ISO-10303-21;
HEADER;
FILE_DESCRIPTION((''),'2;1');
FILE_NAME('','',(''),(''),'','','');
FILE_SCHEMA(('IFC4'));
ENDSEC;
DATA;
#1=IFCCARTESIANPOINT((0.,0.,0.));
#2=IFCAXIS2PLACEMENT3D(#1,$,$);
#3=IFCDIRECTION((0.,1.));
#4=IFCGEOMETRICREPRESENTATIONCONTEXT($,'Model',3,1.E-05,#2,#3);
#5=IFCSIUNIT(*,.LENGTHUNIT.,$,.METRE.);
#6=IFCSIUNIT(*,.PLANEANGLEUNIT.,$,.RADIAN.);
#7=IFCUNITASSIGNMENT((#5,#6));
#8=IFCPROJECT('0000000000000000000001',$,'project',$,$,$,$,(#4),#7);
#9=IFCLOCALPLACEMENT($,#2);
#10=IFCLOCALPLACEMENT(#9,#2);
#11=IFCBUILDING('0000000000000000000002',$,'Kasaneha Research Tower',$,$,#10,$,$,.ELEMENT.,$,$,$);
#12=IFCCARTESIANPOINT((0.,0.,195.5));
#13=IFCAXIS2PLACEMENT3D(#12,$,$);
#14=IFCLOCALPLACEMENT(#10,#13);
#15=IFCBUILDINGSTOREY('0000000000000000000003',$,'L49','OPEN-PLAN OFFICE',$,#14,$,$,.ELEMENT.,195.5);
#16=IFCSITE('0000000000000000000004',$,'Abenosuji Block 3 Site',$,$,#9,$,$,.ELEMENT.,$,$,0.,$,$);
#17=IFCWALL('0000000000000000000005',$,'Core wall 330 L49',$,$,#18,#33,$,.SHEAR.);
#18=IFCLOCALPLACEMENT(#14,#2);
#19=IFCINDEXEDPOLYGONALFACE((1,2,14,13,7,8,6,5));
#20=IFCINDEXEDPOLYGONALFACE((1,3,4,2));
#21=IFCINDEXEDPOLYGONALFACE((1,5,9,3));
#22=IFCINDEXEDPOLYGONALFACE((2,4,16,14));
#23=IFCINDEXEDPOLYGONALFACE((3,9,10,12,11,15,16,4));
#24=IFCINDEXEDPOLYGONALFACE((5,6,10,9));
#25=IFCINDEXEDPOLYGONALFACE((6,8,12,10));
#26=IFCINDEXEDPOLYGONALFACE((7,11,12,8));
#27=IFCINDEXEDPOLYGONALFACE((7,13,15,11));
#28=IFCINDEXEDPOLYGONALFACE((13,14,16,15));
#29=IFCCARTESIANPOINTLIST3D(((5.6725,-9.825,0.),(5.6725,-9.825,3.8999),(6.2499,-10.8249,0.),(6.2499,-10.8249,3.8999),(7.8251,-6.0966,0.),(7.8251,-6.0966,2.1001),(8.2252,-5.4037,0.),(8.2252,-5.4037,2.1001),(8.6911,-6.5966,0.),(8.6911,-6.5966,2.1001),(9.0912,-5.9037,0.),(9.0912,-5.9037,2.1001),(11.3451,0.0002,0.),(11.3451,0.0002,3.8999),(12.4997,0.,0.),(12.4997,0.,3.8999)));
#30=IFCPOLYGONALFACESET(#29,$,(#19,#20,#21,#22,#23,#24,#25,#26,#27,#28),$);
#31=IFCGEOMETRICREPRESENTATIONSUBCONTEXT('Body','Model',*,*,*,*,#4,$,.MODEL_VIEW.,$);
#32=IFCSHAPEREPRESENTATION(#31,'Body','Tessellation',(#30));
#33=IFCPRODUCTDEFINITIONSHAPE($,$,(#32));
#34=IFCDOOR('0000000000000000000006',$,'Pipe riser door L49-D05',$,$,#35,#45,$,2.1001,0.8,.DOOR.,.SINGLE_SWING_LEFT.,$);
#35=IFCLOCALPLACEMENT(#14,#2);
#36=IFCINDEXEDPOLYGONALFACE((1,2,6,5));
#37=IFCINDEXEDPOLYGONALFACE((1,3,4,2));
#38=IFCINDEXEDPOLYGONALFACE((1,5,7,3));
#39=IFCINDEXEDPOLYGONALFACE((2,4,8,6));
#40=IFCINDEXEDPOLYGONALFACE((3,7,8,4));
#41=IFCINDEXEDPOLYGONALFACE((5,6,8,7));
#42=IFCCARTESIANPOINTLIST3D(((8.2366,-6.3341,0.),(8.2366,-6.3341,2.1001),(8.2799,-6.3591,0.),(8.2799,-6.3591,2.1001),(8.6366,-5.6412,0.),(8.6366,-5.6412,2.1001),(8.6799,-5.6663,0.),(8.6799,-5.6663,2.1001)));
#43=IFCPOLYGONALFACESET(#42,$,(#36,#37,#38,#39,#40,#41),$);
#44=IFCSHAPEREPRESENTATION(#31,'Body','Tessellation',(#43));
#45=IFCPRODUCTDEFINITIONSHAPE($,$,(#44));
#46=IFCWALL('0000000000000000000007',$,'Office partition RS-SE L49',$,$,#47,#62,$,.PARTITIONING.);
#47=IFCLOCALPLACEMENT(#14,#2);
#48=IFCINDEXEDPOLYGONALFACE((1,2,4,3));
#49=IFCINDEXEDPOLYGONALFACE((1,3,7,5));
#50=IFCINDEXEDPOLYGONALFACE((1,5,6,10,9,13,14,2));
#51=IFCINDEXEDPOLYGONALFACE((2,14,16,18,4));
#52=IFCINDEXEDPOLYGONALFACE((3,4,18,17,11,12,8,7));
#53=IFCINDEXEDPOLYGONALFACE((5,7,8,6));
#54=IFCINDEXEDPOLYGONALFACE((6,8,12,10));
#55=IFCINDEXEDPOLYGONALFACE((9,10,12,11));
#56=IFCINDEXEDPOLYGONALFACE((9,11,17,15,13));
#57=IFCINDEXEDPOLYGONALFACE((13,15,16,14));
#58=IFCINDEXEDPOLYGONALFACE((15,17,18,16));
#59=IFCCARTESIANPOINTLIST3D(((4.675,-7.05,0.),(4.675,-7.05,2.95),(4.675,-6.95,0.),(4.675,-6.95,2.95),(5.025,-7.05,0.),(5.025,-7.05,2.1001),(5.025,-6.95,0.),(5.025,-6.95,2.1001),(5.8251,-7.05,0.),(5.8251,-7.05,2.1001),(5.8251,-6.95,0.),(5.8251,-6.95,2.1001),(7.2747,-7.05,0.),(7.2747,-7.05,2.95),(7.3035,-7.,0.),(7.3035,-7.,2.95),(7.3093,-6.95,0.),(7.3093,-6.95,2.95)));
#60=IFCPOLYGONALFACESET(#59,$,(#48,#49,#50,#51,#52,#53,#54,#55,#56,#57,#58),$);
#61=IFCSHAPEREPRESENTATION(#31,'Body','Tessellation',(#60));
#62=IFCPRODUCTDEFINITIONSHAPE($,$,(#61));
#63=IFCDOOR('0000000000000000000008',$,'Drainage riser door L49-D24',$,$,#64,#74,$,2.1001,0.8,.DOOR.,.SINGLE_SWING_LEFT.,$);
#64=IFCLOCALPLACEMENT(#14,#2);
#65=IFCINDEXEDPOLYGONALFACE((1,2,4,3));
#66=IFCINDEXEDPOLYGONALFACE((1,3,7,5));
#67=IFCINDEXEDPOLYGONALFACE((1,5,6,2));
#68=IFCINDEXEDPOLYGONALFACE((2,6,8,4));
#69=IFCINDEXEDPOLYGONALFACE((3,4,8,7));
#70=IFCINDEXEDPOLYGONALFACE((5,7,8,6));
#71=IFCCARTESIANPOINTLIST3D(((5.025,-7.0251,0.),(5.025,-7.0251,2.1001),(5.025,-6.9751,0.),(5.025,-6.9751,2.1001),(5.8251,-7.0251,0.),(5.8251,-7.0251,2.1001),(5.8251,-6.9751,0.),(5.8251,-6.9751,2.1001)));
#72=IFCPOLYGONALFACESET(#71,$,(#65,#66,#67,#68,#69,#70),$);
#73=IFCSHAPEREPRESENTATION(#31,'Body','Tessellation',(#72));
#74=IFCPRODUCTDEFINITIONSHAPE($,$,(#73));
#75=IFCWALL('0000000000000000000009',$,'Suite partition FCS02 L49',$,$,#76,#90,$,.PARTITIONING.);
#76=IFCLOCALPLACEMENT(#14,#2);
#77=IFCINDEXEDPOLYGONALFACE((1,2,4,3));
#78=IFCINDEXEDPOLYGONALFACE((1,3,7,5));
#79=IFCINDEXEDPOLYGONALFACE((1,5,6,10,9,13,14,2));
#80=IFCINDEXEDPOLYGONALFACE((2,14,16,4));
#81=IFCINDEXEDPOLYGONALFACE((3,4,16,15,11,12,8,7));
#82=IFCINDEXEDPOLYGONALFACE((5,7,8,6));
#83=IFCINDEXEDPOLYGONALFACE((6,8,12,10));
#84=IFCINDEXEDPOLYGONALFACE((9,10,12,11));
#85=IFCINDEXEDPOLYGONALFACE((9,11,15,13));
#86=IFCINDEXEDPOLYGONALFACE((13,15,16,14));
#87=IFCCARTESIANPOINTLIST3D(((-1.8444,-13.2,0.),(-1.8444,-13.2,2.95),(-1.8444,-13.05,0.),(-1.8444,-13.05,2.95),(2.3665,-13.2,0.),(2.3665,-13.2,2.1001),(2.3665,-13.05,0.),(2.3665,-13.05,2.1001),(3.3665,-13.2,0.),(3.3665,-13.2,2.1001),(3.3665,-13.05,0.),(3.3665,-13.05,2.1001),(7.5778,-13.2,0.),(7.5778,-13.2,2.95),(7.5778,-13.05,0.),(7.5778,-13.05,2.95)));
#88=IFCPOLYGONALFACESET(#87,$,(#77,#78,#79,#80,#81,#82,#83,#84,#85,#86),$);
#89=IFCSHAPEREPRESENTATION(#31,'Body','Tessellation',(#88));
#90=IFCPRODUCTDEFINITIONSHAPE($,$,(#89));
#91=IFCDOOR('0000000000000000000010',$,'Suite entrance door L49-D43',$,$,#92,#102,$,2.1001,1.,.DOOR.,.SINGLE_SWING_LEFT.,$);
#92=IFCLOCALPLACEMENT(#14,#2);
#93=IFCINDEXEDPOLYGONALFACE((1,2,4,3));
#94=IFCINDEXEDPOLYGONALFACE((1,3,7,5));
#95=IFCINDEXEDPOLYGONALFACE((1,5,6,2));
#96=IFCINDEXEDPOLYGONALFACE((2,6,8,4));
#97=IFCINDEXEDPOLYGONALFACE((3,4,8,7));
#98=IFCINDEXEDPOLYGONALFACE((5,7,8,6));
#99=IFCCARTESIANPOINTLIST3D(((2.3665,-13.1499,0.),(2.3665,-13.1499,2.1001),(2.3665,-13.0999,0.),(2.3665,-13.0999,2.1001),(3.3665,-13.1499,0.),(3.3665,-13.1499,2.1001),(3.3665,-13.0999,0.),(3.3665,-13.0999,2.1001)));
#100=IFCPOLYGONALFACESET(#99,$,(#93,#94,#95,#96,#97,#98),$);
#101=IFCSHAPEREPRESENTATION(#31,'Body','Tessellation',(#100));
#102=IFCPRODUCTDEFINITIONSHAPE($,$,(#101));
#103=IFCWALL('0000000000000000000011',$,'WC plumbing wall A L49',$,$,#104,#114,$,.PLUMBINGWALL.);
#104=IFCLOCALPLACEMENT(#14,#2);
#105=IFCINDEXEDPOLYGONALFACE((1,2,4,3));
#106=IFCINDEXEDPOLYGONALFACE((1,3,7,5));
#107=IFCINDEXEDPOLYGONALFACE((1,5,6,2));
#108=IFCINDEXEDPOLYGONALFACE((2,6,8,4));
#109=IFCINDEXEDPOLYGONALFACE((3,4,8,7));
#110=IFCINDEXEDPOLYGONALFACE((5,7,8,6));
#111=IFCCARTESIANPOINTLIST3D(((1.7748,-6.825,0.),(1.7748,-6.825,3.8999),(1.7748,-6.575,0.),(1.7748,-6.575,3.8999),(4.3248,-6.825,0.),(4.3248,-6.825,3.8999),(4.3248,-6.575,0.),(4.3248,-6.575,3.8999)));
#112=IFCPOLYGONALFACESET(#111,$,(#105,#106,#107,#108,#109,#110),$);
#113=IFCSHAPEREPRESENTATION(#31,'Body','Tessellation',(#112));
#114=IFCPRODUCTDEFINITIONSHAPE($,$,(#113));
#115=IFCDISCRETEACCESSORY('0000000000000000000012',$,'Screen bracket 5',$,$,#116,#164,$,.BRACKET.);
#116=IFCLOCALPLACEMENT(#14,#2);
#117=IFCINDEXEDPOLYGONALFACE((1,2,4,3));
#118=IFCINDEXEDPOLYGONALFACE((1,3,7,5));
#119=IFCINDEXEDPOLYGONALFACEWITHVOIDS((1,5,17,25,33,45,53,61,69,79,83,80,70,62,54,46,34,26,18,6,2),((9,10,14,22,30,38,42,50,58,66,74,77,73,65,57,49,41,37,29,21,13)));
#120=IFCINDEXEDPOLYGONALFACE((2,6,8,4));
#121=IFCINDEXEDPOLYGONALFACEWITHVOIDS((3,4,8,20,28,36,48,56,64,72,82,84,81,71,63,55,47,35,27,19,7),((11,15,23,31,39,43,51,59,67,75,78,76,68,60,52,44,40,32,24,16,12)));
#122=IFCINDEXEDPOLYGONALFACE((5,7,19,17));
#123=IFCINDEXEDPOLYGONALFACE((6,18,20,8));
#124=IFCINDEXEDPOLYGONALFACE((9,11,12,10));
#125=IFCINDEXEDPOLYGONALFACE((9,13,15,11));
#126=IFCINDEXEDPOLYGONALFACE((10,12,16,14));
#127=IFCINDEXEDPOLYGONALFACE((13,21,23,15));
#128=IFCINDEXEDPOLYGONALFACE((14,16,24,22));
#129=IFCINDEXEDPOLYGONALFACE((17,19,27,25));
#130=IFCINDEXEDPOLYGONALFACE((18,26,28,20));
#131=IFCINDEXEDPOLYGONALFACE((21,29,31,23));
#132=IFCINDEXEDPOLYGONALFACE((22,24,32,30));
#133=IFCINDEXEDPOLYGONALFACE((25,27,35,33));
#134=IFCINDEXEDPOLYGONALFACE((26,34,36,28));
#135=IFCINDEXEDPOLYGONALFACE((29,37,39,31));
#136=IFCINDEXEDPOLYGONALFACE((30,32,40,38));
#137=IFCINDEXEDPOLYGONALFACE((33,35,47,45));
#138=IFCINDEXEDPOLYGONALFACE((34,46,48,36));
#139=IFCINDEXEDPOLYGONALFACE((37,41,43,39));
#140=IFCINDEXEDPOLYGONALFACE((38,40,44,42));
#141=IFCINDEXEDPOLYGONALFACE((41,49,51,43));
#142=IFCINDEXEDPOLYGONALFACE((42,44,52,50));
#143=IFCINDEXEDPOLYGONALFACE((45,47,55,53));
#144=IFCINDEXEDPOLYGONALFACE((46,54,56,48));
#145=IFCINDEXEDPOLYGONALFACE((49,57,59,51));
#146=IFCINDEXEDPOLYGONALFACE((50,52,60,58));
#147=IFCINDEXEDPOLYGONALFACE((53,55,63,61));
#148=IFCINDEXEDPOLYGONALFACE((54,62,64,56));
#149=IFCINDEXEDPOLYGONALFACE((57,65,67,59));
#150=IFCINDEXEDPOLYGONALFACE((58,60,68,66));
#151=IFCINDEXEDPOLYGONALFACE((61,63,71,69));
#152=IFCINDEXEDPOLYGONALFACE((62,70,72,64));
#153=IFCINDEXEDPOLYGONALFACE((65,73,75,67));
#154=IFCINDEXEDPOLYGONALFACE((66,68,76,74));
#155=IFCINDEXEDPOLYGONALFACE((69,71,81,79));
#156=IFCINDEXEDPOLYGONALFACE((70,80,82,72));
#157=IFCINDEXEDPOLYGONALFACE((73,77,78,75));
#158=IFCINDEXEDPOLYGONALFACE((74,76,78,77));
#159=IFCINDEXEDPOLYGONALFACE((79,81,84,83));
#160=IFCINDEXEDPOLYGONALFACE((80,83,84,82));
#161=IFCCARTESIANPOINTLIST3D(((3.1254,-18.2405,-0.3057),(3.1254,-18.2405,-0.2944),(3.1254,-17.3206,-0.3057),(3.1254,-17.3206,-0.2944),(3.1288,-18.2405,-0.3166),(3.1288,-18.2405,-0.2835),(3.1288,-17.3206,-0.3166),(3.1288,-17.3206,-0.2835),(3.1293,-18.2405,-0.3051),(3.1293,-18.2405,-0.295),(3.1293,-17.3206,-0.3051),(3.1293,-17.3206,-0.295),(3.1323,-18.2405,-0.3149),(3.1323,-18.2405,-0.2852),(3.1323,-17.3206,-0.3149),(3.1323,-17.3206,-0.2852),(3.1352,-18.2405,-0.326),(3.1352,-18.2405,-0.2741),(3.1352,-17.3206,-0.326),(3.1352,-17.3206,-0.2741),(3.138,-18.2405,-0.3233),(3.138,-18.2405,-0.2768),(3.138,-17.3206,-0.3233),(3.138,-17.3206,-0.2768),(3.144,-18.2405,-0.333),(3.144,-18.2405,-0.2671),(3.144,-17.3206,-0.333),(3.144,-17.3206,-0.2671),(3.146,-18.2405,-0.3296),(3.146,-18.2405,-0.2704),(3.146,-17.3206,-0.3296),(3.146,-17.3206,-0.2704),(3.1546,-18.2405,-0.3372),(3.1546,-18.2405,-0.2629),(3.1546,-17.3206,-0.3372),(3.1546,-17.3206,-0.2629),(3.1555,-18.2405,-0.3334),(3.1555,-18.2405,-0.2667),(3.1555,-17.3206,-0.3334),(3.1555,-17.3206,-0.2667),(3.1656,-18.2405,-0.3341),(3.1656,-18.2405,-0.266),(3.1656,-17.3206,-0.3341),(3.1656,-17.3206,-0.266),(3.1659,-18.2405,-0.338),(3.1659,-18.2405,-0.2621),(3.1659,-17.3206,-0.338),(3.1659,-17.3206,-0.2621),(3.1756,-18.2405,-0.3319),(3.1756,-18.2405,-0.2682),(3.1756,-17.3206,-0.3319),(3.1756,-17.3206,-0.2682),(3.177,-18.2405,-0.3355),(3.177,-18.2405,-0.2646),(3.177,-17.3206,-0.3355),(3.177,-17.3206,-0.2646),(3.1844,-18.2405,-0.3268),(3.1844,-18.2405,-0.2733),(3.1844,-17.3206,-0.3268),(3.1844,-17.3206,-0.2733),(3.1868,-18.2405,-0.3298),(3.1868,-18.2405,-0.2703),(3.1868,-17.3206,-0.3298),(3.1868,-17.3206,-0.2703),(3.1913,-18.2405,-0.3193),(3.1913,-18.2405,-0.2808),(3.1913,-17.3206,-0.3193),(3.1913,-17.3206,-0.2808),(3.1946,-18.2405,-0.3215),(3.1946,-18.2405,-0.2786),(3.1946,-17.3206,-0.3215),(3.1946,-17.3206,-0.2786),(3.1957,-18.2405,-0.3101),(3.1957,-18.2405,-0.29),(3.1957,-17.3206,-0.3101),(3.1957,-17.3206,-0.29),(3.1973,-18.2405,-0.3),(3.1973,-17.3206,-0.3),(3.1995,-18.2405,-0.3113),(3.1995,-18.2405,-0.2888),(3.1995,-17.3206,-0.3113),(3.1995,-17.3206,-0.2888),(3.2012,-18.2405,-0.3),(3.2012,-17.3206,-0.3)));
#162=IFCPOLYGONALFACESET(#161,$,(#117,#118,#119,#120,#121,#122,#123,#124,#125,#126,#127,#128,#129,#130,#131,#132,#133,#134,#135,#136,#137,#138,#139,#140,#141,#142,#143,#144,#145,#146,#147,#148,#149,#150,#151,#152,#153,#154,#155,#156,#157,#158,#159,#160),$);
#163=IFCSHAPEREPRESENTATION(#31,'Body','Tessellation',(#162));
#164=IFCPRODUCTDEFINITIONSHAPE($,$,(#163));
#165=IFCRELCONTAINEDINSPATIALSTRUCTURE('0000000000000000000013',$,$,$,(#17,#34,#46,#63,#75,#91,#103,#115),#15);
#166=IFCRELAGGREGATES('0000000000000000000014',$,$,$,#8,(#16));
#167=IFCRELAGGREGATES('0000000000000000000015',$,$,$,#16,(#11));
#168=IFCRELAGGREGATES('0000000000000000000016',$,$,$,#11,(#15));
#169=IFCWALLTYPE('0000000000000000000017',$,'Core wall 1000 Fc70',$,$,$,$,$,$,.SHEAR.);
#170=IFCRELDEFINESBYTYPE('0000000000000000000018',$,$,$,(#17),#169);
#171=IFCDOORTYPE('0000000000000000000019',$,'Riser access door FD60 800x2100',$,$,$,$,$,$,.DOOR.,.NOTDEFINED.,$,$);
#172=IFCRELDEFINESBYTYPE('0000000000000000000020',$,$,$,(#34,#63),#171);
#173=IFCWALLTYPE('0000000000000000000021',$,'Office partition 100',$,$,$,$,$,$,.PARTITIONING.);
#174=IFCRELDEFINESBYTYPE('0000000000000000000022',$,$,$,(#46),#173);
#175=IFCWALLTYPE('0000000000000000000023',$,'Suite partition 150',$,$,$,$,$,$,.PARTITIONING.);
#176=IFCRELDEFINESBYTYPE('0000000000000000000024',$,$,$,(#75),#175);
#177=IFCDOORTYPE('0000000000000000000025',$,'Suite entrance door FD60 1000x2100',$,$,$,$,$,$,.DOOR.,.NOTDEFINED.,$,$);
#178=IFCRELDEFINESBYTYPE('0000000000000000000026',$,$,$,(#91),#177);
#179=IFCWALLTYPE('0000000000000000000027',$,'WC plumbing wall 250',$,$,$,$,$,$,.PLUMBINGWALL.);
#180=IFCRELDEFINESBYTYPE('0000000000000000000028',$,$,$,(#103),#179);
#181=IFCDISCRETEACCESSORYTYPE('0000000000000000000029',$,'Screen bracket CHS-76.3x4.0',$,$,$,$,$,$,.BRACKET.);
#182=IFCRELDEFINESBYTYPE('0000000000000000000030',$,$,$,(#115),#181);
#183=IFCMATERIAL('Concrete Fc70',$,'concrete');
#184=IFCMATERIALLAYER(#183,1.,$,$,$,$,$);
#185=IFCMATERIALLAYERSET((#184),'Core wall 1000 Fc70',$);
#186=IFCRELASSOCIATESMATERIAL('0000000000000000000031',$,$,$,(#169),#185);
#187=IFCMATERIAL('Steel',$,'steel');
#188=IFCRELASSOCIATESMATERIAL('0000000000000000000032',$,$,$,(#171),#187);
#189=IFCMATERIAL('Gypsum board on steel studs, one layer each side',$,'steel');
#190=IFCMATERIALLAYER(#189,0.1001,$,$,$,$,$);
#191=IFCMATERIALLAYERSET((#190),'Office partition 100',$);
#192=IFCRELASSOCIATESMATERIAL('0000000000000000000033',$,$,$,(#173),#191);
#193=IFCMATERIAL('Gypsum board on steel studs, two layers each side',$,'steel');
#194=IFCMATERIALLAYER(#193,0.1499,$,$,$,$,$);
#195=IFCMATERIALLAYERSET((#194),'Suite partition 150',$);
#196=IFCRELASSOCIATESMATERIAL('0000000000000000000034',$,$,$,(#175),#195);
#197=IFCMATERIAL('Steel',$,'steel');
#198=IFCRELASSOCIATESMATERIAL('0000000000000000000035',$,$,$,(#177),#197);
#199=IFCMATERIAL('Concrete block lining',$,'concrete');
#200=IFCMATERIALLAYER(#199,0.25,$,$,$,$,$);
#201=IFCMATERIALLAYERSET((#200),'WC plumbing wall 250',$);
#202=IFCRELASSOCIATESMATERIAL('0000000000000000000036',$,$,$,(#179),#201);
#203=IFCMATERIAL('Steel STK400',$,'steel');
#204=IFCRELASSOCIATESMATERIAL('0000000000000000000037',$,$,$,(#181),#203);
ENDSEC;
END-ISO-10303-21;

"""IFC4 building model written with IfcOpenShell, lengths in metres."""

from ifc_helpers import new_model, si_unit, direction, frame, frame_2d, origin, origin_2d, place, context, subcontext, project, spatial, polyline, rectangle, hollow_circle, outline, extrude, material, layer, layer_set, material_profile, profile_set, type_object, element, fill, save


model = new_model("IFC4")

# Units and contexts
model_context = context("Model", 3, precision=1e-05, world=origin(), true_north=direction((0.0, 1.0)))
body_context = subcontext(model_context, "Body", "Model", "MODEL_VIEW")
ifc_project = project(units=[si_unit("LENGTHUNIT", "METRE"), si_unit("PLANEANGLEUNIT", "RADIAN")], contexts=[model_context])

# Site, building, storey
site_placement = place(None, origin())
site = spatial("IfcSite", under=ifc_project, at=site_placement, Name="Abenosuji Block 3 Site", CompositionType="ELEMENT", RefElevation=0.0)
building_placement = place(site_placement, origin())
building = spatial("IfcBuilding", under=site, at=building_placement, Name="Kasaneha Research Tower", CompositionType="ELEMENT")
storey_placement = place(building_placement, frame((0.0, 0.0, 195.5)))
storey = spatial("IfcBuildingStorey", under=building, at=storey_placement, Name="L49", Description="OPEN-PLAN OFFICE", CompositionType="ELEMENT", Elevation=195.5)

# Walls, openings, doors
ifc_material_1 = material(Name="Concrete Fc70", Category="concrete")
ifc_layer_1 = layer(ifc_material_1, 1.0)
ifc_layer_set_1 = layer_set([ifc_layer_1], Name="Core wall 1000 Fc70")
wall_type_1 = type_object("IfcWallType", Name="Core wall 1000 Fc70", PredefinedType="SHEAR", material=ifc_layer_set_1)
wall_1_placement = place(storey_placement, frame((5.9612, -10.325, 0.0), z_axis=(0.0, 0.0, 1.0), x_axis=(0.500004, 0.866023, 0.0)))
wall_1 = element("IfcWall", 1, at=wall_1_placement, inside=storey, type_object=wall_type_1, Name="Core wall 330 L49", PredefinedType="SHEAR", context=body_context, shape_type="SweptSolid", body=[
    extrude(outline(polyline([(-0.2886, -0.5), (4.594, -0.5), (5.394, -0.5), (12.2109, -0.5), (11.6338, 0.5), (5.394, 0.5), (4.594, 0.5), (0.2886, 0.5), (-0.2886, -0.5)])), origin(), (0.0, 0.0, 1.0), 3.8999),
])
opening_1_placement = place(wall_1_placement, frame((4.594, 0.0, 0.0)))
opening_1 = element("IfcOpeningElement", 2, at=opening_1_placement, cuts=wall_1, PredefinedType="OPENING", context=body_context, shape_type="SweptSolid", body=[
    extrude(rectangle(XDim=0.8, YDim=2.1001, at=frame_2d((0.3999, 1.05))), frame((0.0, 0.51, 0.0), z_axis=(0.0, -1.0, 0.0), x_axis=(1.0, 0.0, 0.0)), (0.0, 0.0, 1.0), 1.02),
])
ifc_material_2 = material(Name="Steel", Category="steel")
door_type_1 = type_object("IfcDoorType", Name="Riser access door FD60 800x2100", OperationType="NOTDEFINED", PredefinedType="DOOR", material=ifc_material_2)
door_1_placement = place(opening_1_placement, origin())
door_1 = element("IfcDoor", 3, at=door_1_placement, inside=storey, type_object=door_type_1, Name="Pipe riser door L49-D05", OperationType="SINGLE_SWING_LEFT", OverallHeight=2.1001, OverallWidth=0.8, PredefinedType="DOOR", context=body_context, shape_type="SweptSolid", body=[
    extrude(rectangle(XDim=0.8, YDim=2.1001, at=frame_2d((0.3999, 1.05))), frame((0.0, 0.0249, 0.0), z_axis=(0.0, -1.0, 0.0), x_axis=(1.0, 0.0, 0.0)), (0.0, 0.0, 1.0), 0.05),
])
fill(opening_1, door_1)
ifc_material_3 = material(Name="Gypsum board on steel studs, one layer each side", Category="steel")
ifc_layer_2 = layer(ifc_material_3, 0.1001)
ifc_layer_set_2 = layer_set([ifc_layer_2], Name="Office partition 100")
wall_type_2 = type_object("IfcWallType", Name="Office partition 100", PredefinedType="PARTITIONING", material=ifc_layer_set_2)
wall_2_placement = place(storey_placement, frame((4.675, -7.0, 0.0), z_axis=(0.0, 0.0, 1.0), x_axis=(1.0, 0.0, 0.0)))
wall_2 = element("IfcWall", 4, at=wall_2_placement, inside=storey, type_object=wall_type_2, Name="Office partition RS-SE L49", PredefinedType="PARTITIONING", context=body_context, shape_type="SweptSolid", body=[
    extrude(outline(polyline([(0.0, -0.05), (0.3501, -0.05), (1.1501, -0.05), (2.5996, -0.05), (2.6284, 0.0), (2.6343, 0.05), (1.1501, 0.05), (0.3501, 0.05), (0.0, 0.05), (0.0, -0.05)])), origin(), (0.0, 0.0, 1.0), 2.95),
])
opening_2_placement = place(wall_2_placement, frame((0.3501, 0.0, 0.0)))
opening_2 = element("IfcOpeningElement", 5, at=opening_2_placement, cuts=wall_2, PredefinedType="OPENING", context=body_context, shape_type="SweptSolid", body=[
    extrude(rectangle(XDim=0.8, YDim=2.1001, at=frame_2d((0.3999, 1.05))), frame((0.0, 0.0601, 0.0), z_axis=(0.0, -1.0, 0.0), x_axis=(1.0, 0.0, 0.0)), (0.0, 0.0, 1.0), 0.1201),
])
door_2_placement = place(opening_2_placement, origin())
door_2 = element("IfcDoor", 6, at=door_2_placement, inside=storey, type_object=door_type_1, Name="Drainage riser door L49-D24", OperationType="SINGLE_SWING_LEFT", OverallHeight=2.1001, OverallWidth=0.8, PredefinedType="DOOR", context=body_context, shape_type="SweptSolid", body=[
    extrude(rectangle(XDim=0.8, YDim=2.1001, at=frame_2d((0.3999, 1.05))), frame((0.0, 0.0249, 0.0), z_axis=(0.0, -1.0, 0.0), x_axis=(1.0, 0.0, 0.0)), (0.0, 0.0, 1.0), 0.05),
])
fill(opening_2, door_2)
ifc_material_4 = material(Name="Gypsum board on steel studs, two layers each side", Category="steel")
ifc_layer_3 = layer(ifc_material_4, 0.1499)
ifc_layer_set_3 = layer_set([ifc_layer_3], Name="Suite partition 150")
wall_type_3 = type_object("IfcWallType", Name="Suite partition 150", PredefinedType="PARTITIONING", material=ifc_layer_set_3)
wall_3_placement = place(storey_placement, frame((7.5776, -13.125, 0.0), z_axis=(0.0, 0.0, 1.0), x_axis=(-1.0, 0.0, 0.0)))
wall_3 = element("IfcWall", 7, at=wall_3_placement, inside=storey, type_object=wall_type_3, Name="Suite partition FCS02 L49", PredefinedType="PARTITIONING", context=body_context, shape_type="SweptSolid", body=[
    extrude(rectangle(XDim=9.4221, YDim=0.1499, at=frame_2d((4.7109, 0.0))), origin(), (0.0, 0.0, 1.0), 2.95),
])
opening_3_placement = place(wall_3_placement, frame((4.2112, 0.0, 0.0)))
opening_3 = element("IfcOpeningElement", 8, at=opening_3_placement, cuts=wall_3, PredefinedType="OPENING", context=body_context, shape_type="SweptSolid", body=[
    extrude(rectangle(XDim=1.0, YDim=2.1001, at=frame_2d((0.5, 1.05))), frame((0.0, 0.085, 0.0), z_axis=(0.0, -1.0, 0.0), x_axis=(1.0, 0.0, 0.0)), (0.0, 0.0, 1.0), 0.1699),
])
ifc_material_5 = material(Name="Steel", Category="steel")
door_type_2 = type_object("IfcDoorType", Name="Suite entrance door FD60 1000x2100", OperationType="NOTDEFINED", PredefinedType="DOOR", material=ifc_material_5)
door_3_placement = place(opening_3_placement, origin())
door_3 = element("IfcDoor", 9, at=door_3_placement, inside=storey, type_object=door_type_2, Name="Suite entrance door L49-D43", OperationType="SINGLE_SWING_LEFT", OverallHeight=2.1001, OverallWidth=1.0, PredefinedType="DOOR", context=body_context, shape_type="SweptSolid", body=[
    extrude(rectangle(XDim=1.0, YDim=2.1001, at=frame_2d((0.5, 1.05))), frame((0.0, 0.0249, 0.0), z_axis=(0.0, -1.0, 0.0), x_axis=(1.0, 0.0, 0.0)), (0.0, 0.0, 1.0), 0.05),
])
fill(opening_3, door_3)

# Wall
ifc_material_6 = material(Name="Concrete block lining", Category="concrete")
ifc_layer_4 = layer(ifc_material_6, 0.25)
ifc_layer_set_4 = layer_set([ifc_layer_4], Name="WC plumbing wall 250")
wall_type_4 = type_object("IfcWallType", Name="WC plumbing wall 250", PredefinedType="PLUMBINGWALL", material=ifc_layer_set_4)
wall_4_placement = place(storey_placement, frame((1.7749, -6.7, 0.0), z_axis=(0.0, 0.0, 1.0), x_axis=(1.0, 0.0, 0.0)))
element("IfcWall", 10, at=wall_4_placement, inside=storey, type_object=wall_type_4, Name="WC plumbing wall A L49", PredefinedType="PLUMBINGWALL", context=body_context, shape_type="SweptSolid", body=[
    extrude(rectangle(XDim=2.55, YDim=0.25, at=frame_2d((1.2749, 0.0))), origin(), (0.0, 0.0, 1.0), 3.8999),
])

# Discrete accessory
ifc_material_7 = material(Name="Steel STK400", Category="steel")
ifc_material_profile_1 = material_profile(ifc_material_7, hollow_circle(Radius=0.0381, WallThickness=0.0039, at=origin_2d()), Name="CHS-76.3x4.0")
ifc_profile_set_1 = profile_set([ifc_material_profile_1], Name="Steel STK400")
discrete_accessory_type = type_object("IfcDiscreteAccessoryType", Name="Screen bracket CHS-76.3x4.0", PredefinedType="BRACKET", material=ifc_profile_set_1)
for number, where, z_axis, x_axis, name in (
    (11, (3.1631, -17.3206, -0.3), (0.0, -1.0, 0.0), (1.0, 0.0, 0.0), "Screen bracket 5"),
):
    element("IfcDiscreteAccessory", number, at=place(storey_placement, frame(where, z_axis=z_axis, x_axis=x_axis)), inside=storey, type_object=discrete_accessory_type, Name=name, PredefinedType="BRACKET", context=body_context, shape_type="SweptSolid", body=[
        extrude(hollow_circle(Radius=0.0381, WallThickness=0.0039, at=origin_2d()), origin(), (0.0, 0.0, 1.0), 0.9199),
    ])

save(model, "model.ifc")
